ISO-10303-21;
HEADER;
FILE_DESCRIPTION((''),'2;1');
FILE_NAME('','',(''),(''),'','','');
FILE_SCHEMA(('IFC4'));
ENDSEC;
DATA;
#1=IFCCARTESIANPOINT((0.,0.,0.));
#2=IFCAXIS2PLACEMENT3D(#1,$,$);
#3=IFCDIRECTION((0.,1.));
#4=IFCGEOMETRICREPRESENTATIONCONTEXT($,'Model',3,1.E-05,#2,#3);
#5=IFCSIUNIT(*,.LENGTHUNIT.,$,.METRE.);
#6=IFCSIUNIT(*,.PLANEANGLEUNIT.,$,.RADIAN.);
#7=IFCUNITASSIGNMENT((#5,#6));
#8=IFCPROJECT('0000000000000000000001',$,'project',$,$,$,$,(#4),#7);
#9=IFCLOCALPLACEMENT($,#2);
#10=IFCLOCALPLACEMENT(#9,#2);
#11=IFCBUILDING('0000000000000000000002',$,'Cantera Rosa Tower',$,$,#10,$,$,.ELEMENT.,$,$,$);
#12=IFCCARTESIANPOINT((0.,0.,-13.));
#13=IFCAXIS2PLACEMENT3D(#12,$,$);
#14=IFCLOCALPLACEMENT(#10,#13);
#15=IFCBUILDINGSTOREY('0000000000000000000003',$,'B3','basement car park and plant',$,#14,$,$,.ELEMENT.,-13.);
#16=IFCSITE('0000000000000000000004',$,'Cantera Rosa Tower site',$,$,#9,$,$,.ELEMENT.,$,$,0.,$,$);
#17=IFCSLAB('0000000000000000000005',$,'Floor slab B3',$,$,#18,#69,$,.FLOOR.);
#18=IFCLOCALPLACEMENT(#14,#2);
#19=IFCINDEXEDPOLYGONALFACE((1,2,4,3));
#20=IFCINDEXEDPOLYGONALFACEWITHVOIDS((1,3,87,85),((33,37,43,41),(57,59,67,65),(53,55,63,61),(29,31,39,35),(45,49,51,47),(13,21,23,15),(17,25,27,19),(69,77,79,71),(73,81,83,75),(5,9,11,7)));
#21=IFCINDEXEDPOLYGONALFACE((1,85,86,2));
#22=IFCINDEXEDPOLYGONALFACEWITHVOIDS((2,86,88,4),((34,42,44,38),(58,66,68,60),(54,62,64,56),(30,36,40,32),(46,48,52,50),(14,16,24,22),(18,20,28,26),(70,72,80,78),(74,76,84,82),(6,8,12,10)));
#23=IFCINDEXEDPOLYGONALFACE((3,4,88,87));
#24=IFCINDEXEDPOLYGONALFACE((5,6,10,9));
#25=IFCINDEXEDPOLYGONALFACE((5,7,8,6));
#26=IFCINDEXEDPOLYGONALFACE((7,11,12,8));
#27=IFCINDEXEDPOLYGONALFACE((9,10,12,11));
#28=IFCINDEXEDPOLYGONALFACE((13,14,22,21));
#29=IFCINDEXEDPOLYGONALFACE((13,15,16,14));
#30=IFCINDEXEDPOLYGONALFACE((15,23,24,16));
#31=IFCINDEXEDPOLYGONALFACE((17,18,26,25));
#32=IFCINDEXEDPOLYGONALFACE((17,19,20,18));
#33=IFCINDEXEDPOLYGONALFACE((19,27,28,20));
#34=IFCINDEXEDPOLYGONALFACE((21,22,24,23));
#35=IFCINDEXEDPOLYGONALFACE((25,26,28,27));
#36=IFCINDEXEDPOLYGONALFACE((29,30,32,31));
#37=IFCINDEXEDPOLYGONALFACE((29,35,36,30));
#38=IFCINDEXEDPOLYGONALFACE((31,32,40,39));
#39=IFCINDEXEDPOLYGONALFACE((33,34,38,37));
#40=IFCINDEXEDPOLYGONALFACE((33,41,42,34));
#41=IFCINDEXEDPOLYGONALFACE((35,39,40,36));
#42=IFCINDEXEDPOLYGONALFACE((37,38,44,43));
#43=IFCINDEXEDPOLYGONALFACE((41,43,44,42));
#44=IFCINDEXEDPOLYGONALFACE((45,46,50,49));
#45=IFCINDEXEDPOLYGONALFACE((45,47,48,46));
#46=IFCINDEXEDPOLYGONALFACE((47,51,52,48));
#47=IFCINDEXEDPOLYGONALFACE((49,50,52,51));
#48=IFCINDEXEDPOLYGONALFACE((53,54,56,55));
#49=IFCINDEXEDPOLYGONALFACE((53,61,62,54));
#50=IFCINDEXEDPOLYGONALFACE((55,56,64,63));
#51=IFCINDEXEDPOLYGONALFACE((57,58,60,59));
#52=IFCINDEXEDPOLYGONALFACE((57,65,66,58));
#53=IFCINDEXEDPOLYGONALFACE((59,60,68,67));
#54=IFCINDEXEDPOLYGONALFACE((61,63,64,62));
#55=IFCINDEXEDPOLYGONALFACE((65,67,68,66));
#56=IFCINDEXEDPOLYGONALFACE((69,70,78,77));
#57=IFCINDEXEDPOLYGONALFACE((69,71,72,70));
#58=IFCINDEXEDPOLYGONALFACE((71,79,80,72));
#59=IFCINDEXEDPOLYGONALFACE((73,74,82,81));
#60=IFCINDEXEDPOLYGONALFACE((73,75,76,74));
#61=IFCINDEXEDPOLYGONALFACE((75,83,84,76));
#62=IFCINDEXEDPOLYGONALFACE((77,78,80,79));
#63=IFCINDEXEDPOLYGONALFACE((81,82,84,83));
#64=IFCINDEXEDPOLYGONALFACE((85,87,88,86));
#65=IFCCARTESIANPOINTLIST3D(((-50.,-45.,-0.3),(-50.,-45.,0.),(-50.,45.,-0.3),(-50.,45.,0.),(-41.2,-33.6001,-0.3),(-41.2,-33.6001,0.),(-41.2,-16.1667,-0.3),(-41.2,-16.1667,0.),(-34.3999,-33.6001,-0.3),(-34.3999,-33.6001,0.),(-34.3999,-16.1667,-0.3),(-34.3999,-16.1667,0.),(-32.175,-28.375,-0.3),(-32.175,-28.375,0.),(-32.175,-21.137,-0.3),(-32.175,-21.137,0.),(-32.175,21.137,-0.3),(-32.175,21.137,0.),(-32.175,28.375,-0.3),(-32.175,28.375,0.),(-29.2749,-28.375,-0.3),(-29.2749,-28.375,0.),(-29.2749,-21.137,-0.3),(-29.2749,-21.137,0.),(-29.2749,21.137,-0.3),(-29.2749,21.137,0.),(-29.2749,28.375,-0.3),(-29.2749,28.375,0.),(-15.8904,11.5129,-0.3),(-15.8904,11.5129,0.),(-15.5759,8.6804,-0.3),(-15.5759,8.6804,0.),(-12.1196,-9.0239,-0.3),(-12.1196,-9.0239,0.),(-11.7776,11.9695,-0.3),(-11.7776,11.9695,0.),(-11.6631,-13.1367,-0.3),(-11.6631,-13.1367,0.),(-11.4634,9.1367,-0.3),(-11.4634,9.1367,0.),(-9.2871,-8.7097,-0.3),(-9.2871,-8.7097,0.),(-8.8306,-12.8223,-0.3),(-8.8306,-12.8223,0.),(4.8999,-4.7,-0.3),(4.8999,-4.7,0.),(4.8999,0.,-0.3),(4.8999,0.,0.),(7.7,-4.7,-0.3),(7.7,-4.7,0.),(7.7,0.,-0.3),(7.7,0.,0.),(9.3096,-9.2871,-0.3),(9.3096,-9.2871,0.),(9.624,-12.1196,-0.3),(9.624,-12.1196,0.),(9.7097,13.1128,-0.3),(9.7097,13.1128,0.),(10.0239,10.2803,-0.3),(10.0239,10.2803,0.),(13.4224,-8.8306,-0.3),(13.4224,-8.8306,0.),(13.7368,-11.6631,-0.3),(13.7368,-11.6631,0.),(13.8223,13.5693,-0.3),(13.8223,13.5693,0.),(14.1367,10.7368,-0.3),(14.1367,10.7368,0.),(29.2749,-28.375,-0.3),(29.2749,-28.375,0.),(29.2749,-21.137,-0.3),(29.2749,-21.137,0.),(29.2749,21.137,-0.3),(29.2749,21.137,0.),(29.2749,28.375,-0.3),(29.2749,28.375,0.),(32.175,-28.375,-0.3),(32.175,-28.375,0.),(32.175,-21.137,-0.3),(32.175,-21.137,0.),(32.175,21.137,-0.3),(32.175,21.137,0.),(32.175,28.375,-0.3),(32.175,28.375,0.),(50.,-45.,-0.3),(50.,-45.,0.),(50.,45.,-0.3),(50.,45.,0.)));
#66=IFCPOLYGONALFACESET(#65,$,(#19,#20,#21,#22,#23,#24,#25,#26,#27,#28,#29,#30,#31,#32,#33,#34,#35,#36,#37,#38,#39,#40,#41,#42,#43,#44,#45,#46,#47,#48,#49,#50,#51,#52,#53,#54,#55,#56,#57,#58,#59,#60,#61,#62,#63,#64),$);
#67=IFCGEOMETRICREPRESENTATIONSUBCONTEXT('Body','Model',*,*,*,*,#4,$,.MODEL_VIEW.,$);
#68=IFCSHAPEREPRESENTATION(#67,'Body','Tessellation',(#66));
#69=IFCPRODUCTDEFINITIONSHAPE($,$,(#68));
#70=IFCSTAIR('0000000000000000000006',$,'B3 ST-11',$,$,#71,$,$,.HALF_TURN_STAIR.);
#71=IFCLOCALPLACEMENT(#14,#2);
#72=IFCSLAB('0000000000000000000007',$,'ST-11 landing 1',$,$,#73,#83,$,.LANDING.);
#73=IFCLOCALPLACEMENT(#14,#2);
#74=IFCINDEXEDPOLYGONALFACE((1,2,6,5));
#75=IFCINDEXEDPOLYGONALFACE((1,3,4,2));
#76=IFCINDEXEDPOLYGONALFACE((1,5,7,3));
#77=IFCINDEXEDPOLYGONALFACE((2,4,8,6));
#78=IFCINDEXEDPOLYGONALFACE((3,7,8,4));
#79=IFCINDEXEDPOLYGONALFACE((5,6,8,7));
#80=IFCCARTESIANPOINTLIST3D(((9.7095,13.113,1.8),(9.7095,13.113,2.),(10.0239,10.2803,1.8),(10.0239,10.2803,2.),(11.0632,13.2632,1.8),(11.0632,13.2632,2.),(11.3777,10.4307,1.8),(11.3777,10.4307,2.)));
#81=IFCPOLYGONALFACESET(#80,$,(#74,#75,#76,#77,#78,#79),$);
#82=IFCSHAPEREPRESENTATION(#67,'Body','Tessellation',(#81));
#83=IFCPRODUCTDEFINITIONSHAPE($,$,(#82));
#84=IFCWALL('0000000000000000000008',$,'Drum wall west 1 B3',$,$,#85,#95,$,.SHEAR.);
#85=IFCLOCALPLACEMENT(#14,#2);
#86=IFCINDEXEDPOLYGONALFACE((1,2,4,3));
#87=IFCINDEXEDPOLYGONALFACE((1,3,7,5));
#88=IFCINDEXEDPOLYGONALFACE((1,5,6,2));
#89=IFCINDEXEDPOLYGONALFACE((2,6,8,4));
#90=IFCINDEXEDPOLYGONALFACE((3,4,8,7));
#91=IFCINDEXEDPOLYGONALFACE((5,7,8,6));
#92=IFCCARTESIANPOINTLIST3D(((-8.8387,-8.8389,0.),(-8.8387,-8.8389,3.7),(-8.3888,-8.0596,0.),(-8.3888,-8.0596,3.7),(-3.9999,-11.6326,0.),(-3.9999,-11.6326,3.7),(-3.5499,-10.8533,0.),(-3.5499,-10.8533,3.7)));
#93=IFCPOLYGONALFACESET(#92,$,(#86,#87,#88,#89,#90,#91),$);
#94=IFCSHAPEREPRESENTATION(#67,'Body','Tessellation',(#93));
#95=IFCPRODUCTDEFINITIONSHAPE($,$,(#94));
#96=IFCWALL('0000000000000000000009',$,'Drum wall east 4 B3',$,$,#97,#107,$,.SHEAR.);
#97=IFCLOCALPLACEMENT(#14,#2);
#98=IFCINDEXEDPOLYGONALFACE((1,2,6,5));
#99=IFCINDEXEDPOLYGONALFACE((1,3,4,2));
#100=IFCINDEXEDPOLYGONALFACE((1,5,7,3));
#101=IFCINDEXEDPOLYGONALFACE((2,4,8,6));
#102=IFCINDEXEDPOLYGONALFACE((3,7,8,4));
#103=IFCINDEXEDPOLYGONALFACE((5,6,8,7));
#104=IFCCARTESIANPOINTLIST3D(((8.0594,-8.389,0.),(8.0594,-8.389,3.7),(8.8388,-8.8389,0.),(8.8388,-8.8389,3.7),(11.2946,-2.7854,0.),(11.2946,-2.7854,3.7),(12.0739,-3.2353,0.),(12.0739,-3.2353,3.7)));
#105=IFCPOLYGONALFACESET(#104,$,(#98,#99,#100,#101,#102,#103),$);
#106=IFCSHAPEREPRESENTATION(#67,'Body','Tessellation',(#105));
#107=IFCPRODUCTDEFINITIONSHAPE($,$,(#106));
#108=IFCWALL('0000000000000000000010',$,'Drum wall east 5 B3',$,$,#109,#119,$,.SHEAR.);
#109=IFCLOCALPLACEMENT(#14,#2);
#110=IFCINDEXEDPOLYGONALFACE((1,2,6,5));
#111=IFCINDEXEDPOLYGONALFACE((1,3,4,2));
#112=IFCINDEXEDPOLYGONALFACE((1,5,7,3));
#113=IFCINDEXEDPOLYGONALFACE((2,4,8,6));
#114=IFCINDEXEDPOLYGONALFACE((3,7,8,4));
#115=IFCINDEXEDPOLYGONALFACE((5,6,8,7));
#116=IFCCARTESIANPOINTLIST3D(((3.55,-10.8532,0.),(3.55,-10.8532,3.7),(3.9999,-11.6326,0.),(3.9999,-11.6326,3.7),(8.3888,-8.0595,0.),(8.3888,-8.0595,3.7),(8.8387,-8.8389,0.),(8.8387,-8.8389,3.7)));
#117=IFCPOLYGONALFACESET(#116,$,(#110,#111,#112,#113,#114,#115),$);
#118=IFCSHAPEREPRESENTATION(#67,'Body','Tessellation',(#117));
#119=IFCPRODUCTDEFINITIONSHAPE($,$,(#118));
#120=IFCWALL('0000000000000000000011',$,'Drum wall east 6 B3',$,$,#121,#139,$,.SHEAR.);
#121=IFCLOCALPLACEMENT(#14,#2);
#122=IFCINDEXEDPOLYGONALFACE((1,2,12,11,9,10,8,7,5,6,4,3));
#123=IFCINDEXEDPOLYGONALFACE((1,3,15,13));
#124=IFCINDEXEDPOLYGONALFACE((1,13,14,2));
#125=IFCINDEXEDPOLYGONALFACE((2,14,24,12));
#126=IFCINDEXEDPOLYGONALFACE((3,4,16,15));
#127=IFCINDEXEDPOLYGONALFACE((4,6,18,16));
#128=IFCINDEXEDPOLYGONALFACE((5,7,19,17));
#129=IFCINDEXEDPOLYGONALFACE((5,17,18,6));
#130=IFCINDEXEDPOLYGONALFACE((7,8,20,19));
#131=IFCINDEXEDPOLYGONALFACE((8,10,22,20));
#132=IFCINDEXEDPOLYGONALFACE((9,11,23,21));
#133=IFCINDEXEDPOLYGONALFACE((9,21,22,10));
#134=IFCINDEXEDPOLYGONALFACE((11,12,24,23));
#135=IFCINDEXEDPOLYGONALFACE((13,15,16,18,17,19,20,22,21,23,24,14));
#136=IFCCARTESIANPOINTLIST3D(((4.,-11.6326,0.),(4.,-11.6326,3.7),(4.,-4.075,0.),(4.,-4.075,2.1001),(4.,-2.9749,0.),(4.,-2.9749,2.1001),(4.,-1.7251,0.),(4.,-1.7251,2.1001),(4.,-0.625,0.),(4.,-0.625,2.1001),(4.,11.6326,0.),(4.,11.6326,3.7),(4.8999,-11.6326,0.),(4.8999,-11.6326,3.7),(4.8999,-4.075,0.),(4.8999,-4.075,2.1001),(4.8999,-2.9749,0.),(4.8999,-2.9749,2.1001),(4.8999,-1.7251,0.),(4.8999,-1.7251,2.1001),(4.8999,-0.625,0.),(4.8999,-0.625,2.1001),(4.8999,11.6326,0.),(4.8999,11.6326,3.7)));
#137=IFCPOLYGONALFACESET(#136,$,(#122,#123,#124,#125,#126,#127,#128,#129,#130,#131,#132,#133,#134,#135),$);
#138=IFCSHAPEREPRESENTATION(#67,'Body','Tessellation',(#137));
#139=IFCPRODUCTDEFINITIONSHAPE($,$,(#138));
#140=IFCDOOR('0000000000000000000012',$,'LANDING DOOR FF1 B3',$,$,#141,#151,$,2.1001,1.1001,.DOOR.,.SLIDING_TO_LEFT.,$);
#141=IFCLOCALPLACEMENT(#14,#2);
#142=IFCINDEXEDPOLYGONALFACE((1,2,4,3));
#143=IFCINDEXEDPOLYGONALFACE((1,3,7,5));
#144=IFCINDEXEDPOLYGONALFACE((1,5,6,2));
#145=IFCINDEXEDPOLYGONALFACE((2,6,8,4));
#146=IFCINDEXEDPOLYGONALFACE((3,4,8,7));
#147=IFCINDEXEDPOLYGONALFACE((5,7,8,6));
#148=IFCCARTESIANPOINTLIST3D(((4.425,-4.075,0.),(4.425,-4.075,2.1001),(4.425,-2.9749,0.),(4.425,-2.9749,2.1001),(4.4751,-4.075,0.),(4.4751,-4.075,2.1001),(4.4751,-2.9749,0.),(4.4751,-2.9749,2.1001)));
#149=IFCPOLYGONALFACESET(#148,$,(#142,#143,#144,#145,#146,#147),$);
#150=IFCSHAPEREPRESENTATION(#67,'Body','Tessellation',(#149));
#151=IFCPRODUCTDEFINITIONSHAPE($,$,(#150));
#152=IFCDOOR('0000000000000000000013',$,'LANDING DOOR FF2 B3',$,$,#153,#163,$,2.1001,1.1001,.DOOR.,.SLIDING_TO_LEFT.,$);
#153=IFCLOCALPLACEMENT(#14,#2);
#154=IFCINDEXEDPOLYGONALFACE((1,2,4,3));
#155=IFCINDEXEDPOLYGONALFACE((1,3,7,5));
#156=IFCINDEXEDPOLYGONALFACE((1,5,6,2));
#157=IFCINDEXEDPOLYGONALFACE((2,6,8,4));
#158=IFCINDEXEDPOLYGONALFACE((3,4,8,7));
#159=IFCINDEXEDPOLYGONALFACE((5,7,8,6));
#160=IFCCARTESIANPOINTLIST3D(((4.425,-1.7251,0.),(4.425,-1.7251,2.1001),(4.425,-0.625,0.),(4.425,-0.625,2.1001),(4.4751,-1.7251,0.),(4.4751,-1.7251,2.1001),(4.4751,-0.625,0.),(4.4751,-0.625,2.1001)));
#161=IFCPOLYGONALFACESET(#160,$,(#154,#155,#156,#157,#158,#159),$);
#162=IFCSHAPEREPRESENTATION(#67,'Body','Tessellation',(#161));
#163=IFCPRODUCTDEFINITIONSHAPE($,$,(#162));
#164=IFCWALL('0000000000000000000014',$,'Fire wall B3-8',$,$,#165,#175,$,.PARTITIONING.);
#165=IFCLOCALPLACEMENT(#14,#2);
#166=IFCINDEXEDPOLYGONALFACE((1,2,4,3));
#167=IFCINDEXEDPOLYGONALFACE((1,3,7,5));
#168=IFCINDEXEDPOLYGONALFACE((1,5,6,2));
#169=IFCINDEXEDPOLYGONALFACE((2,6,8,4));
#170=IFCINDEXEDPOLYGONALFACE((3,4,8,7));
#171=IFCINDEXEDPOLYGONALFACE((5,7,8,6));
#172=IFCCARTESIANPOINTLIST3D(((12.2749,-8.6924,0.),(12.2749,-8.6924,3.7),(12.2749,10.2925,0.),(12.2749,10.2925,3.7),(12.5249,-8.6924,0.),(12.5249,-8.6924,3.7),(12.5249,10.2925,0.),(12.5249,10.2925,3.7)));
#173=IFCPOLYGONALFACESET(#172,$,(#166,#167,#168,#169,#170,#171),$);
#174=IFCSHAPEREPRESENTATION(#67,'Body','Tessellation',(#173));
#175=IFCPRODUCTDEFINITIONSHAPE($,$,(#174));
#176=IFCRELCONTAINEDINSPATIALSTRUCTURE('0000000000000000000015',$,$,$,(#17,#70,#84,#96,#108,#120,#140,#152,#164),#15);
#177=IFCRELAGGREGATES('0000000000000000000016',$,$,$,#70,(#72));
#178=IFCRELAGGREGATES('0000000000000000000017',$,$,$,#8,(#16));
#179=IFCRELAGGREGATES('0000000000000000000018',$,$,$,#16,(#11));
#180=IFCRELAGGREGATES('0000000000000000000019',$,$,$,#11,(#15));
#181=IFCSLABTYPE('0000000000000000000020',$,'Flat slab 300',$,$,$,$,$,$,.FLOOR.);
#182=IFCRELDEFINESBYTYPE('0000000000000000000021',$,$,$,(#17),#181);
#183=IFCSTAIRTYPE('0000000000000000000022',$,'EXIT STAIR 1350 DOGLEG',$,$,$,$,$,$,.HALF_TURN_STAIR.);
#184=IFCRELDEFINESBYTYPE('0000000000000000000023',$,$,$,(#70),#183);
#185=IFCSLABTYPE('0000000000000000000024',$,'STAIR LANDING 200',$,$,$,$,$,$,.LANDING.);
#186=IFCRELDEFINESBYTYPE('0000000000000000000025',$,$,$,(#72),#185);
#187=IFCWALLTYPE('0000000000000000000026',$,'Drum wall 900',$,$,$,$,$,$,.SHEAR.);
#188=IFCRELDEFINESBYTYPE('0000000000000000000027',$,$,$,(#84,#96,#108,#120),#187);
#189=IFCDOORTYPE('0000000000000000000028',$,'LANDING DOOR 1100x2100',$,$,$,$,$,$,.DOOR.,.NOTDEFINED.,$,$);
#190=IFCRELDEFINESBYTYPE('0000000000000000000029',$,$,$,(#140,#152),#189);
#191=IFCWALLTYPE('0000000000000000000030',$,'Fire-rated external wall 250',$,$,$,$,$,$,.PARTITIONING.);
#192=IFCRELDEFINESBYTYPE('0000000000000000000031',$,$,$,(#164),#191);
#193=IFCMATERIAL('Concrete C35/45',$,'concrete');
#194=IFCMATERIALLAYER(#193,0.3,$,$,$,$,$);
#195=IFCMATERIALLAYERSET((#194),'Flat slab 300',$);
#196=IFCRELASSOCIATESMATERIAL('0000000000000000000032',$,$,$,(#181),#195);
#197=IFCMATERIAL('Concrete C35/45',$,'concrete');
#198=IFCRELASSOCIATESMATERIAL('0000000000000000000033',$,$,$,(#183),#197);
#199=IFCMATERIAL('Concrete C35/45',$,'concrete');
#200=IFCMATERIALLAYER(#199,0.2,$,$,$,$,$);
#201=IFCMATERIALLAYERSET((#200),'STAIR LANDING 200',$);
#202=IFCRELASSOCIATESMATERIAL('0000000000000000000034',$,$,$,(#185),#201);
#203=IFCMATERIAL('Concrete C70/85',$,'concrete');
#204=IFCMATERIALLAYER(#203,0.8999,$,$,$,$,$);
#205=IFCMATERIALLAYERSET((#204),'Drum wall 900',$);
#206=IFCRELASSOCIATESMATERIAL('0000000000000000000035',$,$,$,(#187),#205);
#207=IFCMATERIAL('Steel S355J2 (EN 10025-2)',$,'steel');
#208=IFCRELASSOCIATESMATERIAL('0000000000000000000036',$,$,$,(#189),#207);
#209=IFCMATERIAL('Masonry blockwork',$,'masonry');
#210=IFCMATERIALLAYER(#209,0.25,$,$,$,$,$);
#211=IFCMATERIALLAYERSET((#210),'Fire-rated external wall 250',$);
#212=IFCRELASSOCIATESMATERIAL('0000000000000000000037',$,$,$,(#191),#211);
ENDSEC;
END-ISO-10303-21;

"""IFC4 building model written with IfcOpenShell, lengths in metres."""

from ifc_helpers import new_model, si_unit, direction, frame, frame_2d, origin, place, context, subcontext, project, spatial, polyline, rectangle, outline, extrude, material, layer, layer_set, type_object, element, fill, aggregate, save


model = new_model("IFC4")

# Units and contexts
model_context = context("Model", 3, precision=1e-05, world=origin(), true_north=direction((0.0, 1.0)))
body_context = subcontext(model_context, "Body", "Model", "MODEL_VIEW")
ifc_project = project(units=[si_unit("LENGTHUNIT", "METRE"), si_unit("PLANEANGLEUNIT", "RADIAN")], contexts=[model_context])

# Site, building, storey
site_placement = place(None, origin())
site = spatial("IfcSite", under=ifc_project, at=site_placement, Name="Cantera Rosa Tower site", CompositionType="ELEMENT", RefElevation=0.0)
building_placement = place(site_placement, origin())
building = spatial("IfcBuilding", under=site, at=building_placement, Name="Cantera Rosa Tower", CompositionType="ELEMENT")
storey_placement = place(building_placement, frame((0.0, 0.0, -13.0)))
storey = spatial("IfcBuildingStorey", under=building, at=storey_placement, Name="B3", Description="basement car park and plant", CompositionType="ELEMENT", Elevation=-13.0)

# Slab
ifc_material_1 = material(Name="Concrete C35/45", Category="concrete")
ifc_layer_1 = layer(ifc_material_1, 0.3)
ifc_layer_set_1 = layer_set([ifc_layer_1], Name="Flat slab 300")
slab_type_1 = type_object("IfcSlabType", Name="Flat slab 300", PredefinedType="FLOOR", material=ifc_layer_set_1)
slab_1_placement = place(storey_placement, frame((0.0, 0.0, -0.3)))
element("IfcSlab", 1, at=slab_1_placement, inside=storey, type_object=slab_type_1, Name="Floor slab B3", PredefinedType="FLOOR", context=body_context, shape_type="SweptSolid", body=[
    extrude(outline(polyline([(-50.0, -45.0), (50.0, -45.0), (50.0, 45.0), (-50.0, 45.0), (-50.0, -45.0)]), holes=[polyline([(29.2749, -28.375), (32.175, -28.375), (32.175, -21.137), (29.2749, -21.137), (29.2749, -28.375)]), polyline([(32.175, 28.375), (29.2749, 28.375), (29.2749, 21.137), (32.175, 21.137), (32.175, 28.375)]), polyline([(9.7097, 13.1128), (10.0239, 10.2803), (14.1367, 10.7368), (13.8223, 13.5693), (9.7097, 13.1128)]), polyline([(9.3096, -9.2871), (9.624, -12.1196), (13.7368, -11.6631), (13.4224, -8.8306), (9.3096, -9.2871)]), polyline([(4.8999, -4.7), (7.7, -4.7), (7.7, 0.0), (4.8999, 0.0), (4.8999, -4.7)]), polyline([(-12.1196, -9.0239), (-11.6631, -13.1367), (-8.8306, -12.8223), (-9.2871, -8.7097), (-12.1196, -9.0239)]), polyline([(-15.8904, 11.5129), (-15.5759, 8.6804), (-11.4634, 9.1367), (-11.7776, 11.9695), (-15.8904, 11.5129)]), polyline([(-29.2749, -28.375), (-29.2749, -21.137), (-32.175, -21.137), (-32.175, -28.375), (-29.2749, -28.375)]), polyline([(-32.175, 28.375), (-32.175, 21.137), (-29.2749, 21.137), (-29.2749, 28.375), (-32.175, 28.375)]), polyline([(-41.2, -16.1667), (-41.2, -33.6001), (-34.3999, -33.6001), (-34.3999, -16.1667), (-41.2, -16.1667)])]), origin(), (0.0, 0.0, 1.0), 0.3),
])

# Stair, slab
ifc_material_2 = material(Name="Concrete C35/45", Category="concrete")
stair_type = type_object("IfcStairType", Name="EXIT STAIR 1350 DOGLEG", PredefinedType="HALF_TURN_STAIR", material=ifc_material_2)
stair_1_placement = place(storey_placement, origin())
stair_1 = element("IfcStair", 2, at=stair_1_placement, inside=storey, type_object=stair_type, Name="B3 ST-11", PredefinedType="HALF_TURN_STAIR")
ifc_material_3 = material(Name="Concrete C35/45", Category="concrete")
ifc_layer_2 = layer(ifc_material_3, 0.2)
ifc_layer_set_2 = layer_set([ifc_layer_2], Name="STAIR LANDING 200")
slab_type_2 = type_object("IfcSlabType", Name="STAIR LANDING 200", PredefinedType="LANDING", material=ifc_layer_set_2)
slab_2_placement = place(storey_placement, frame((0.0, 0.0, 1.8)))
slab_2 = element("IfcSlab", 3, at=slab_2_placement, type_object=slab_type_2, Name="ST-11 landing 1", PredefinedType="LANDING", context=body_context, shape_type="SweptSolid", body=[
    extrude(outline(polyline([(11.0632, 13.2632), (9.7095, 13.113), (10.0239, 10.2803), (11.3777, 10.4307), (11.0632, 13.2632)])), origin(), (0.0, 0.0, 1.0), 0.2),
])
aggregate(stair_1, [slab_2])

# Walls
ifc_material_4 = material(Name="Concrete C70/85", Category="concrete")
ifc_layer_3 = layer(ifc_material_4, 0.8999)
ifc_layer_set_3 = layer_set([ifc_layer_3], Name="Drum wall 900")
wall_type_1 = type_object("IfcWallType", Name="Drum wall 900", PredefinedType="SHEAR", material=ifc_layer_set_3)
wall_1_placement = place(storey_placement, frame((-3.7749, -11.2429, 0.0), z_axis=(0.0, 0.0, 1.0), x_axis=(-0.866027, 0.499997, 0.0)))
element("IfcWall", 4, at=wall_1_placement, inside=storey, type_object=wall_type_1, Name="Drum wall west 1 B3", PredefinedType="SHEAR", context=body_context, shape_type="SweptSolid", body=[
    extrude(rectangle(XDim=5.5874, YDim=0.8999, at=frame_2d((2.7937, 0.0))), origin(), (0.0, 0.0, 1.0), 3.7),
])
wall_2_placement = place(storey_placement, frame((11.6843, -3.0103, 0.0), z_axis=(0.0, 0.0, 1.0), x_axis=(-0.49999, -0.866031, 0.0)))
element("IfcWall", 5, at=wall_2_placement, inside=storey, type_object=wall_type_1, Name="Drum wall east 4 B3", PredefinedType="SHEAR", context=body_context, shape_type="SweptSolid", body=[
    extrude(rectangle(XDim=6.4705, YDim=0.8999, at=frame_2d((3.2354, 0.0))), origin(), (0.0, 0.0, 1.0), 3.7),
])
wall_3_placement = place(storey_placement, frame((8.6138, -8.4492, 0.0), z_axis=(0.0, 0.0, 1.0), x_axis=(-0.866027, -0.499997, 0.0)))
element("IfcWall", 6, at=wall_3_placement, inside=storey, type_object=wall_type_1, Name="Drum wall east 5 B3", PredefinedType="SHEAR", context=body_context, shape_type="SweptSolid", body=[
    extrude(rectangle(XDim=5.5874, YDim=0.8999, at=frame_2d((2.7937, 0.0))), origin(), (0.0, 0.0, 1.0), 3.7),
])

# Wall, openings, doors
wall_4_placement = place(storey_placement, frame((4.45, -11.6326, 0.0), z_axis=(0.0, 0.0, 1.0), x_axis=(0.0, 1.0, 0.0)))
wall_4 = element("IfcWall", 7, at=wall_4_placement, inside=storey, type_object=wall_type_1, Name="Drum wall east 6 B3", PredefinedType="SHEAR", context=body_context, shape_type="SweptSolid", body=[
    extrude(rectangle(XDim=23.2651, YDim=0.8999, at=frame_2d((11.6326, 0.0))), origin(), (0.0, 0.0, 1.0), 3.7),
])
opening_1_placement = place(wall_4_placement, frame((7.5576, 0.0, 0.0)))
opening_1 = element("IfcOpeningElement", 8, at=opening_1_placement, cuts=wall_4, PredefinedType="OPENING", context=body_context, shape_type="SweptSolid", body=[
    extrude(rectangle(XDim=1.1001, YDim=2.1001, at=frame_2d((0.55, 1.05))), frame((0.0, 0.46, 0.0), z_axis=(0.0, -1.0, 0.0), x_axis=(1.0, 0.0, 0.0)), (0.0, 0.0, 1.0), 0.9199),
])
opening_2_placement = place(wall_4_placement, frame((9.9075, 0.0, 0.0)))
opening_2 = element("IfcOpeningElement", 9, at=opening_2_placement, cuts=wall_4, PredefinedType="OPENING", context=body_context, shape_type="SweptSolid", body=[
    extrude(rectangle(XDim=1.1001, YDim=2.1001, at=frame_2d((0.55, 1.05))), frame((0.0, 0.46, 0.0), z_axis=(0.0, -1.0, 0.0), x_axis=(1.0, 0.0, 0.0)), (0.0, 0.0, 1.0), 0.9199),
])
ifc_material_5 = material(Name="Steel S355J2 (EN 10025-2)", Category="steel")
door_type_1 = type_object("IfcDoorType", Name="LANDING DOOR 1100x2100", OperationType="NOTDEFINED", PredefinedType="DOOR", material=ifc_material_5)
door_1_placement = place(opening_1_placement, origin())
door_1 = element("IfcDoor", 10, at=door_1_placement, inside=storey, type_object=door_type_1, Name="LANDING DOOR FF1 B3", OperationType="SLIDING_TO_LEFT", OverallHeight=2.1001, OverallWidth=1.1001, PredefinedType="DOOR", context=body_context, shape_type="SweptSolid", body=[
    extrude(rectangle(XDim=1.1001, YDim=2.1001, at=frame_2d((0.55, 1.05))), frame((0.0, 0.0249, 0.0), z_axis=(0.0, -1.0, 0.0), x_axis=(1.0, 0.0, 0.0)), (0.0, 0.0, 1.0), 0.05),
])
fill(opening_1, door_1)
door_2_placement = place(opening_2_placement, origin())
door_2 = element("IfcDoor", 11, at=door_2_placement, inside=storey, type_object=door_type_1, Name="LANDING DOOR FF2 B3", OperationType="SLIDING_TO_LEFT", OverallHeight=2.1001, OverallWidth=1.1001, PredefinedType="DOOR", context=body_context, shape_type="SweptSolid", body=[
    extrude(rectangle(XDim=1.1001, YDim=2.1001, at=frame_2d((0.55, 1.05))), frame((0.0, 0.0249, 0.0), z_axis=(0.0, -1.0, 0.0), x_axis=(1.0, 0.0, 0.0)), (0.0, 0.0, 1.0), 0.05),
])
fill(opening_2, door_2)

# Wall
ifc_material_6 = material(Name="Masonry blockwork", Category="masonry")
ifc_layer_4 = layer(ifc_material_6, 0.25)
ifc_layer_set_4 = layer_set([ifc_layer_4], Name="Fire-rated external wall 250")
wall_type_2 = type_object("IfcWallType", Name="Fire-rated external wall 250", PredefinedType="PARTITIONING", material=ifc_layer_set_4)
wall_5_placement = place(storey_placement, frame((12.3999, -8.6924, 0.0), z_axis=(0.0, 0.0, 1.0), x_axis=(0.0, 1.0, 0.0)))
element("IfcWall", 12, at=wall_5_placement, inside=storey, type_object=wall_type_2, Name="Fire wall B3-8", PredefinedType="PARTITIONING", context=body_context, shape_type="SweptSolid", body=[
    extrude(rectangle(XDim=18.9849, YDim=0.25, at=frame_2d((9.4924, 0.0))), origin(), (0.0, 0.0, 1.0), 3.7),
])

save(model, "model.ifc")
